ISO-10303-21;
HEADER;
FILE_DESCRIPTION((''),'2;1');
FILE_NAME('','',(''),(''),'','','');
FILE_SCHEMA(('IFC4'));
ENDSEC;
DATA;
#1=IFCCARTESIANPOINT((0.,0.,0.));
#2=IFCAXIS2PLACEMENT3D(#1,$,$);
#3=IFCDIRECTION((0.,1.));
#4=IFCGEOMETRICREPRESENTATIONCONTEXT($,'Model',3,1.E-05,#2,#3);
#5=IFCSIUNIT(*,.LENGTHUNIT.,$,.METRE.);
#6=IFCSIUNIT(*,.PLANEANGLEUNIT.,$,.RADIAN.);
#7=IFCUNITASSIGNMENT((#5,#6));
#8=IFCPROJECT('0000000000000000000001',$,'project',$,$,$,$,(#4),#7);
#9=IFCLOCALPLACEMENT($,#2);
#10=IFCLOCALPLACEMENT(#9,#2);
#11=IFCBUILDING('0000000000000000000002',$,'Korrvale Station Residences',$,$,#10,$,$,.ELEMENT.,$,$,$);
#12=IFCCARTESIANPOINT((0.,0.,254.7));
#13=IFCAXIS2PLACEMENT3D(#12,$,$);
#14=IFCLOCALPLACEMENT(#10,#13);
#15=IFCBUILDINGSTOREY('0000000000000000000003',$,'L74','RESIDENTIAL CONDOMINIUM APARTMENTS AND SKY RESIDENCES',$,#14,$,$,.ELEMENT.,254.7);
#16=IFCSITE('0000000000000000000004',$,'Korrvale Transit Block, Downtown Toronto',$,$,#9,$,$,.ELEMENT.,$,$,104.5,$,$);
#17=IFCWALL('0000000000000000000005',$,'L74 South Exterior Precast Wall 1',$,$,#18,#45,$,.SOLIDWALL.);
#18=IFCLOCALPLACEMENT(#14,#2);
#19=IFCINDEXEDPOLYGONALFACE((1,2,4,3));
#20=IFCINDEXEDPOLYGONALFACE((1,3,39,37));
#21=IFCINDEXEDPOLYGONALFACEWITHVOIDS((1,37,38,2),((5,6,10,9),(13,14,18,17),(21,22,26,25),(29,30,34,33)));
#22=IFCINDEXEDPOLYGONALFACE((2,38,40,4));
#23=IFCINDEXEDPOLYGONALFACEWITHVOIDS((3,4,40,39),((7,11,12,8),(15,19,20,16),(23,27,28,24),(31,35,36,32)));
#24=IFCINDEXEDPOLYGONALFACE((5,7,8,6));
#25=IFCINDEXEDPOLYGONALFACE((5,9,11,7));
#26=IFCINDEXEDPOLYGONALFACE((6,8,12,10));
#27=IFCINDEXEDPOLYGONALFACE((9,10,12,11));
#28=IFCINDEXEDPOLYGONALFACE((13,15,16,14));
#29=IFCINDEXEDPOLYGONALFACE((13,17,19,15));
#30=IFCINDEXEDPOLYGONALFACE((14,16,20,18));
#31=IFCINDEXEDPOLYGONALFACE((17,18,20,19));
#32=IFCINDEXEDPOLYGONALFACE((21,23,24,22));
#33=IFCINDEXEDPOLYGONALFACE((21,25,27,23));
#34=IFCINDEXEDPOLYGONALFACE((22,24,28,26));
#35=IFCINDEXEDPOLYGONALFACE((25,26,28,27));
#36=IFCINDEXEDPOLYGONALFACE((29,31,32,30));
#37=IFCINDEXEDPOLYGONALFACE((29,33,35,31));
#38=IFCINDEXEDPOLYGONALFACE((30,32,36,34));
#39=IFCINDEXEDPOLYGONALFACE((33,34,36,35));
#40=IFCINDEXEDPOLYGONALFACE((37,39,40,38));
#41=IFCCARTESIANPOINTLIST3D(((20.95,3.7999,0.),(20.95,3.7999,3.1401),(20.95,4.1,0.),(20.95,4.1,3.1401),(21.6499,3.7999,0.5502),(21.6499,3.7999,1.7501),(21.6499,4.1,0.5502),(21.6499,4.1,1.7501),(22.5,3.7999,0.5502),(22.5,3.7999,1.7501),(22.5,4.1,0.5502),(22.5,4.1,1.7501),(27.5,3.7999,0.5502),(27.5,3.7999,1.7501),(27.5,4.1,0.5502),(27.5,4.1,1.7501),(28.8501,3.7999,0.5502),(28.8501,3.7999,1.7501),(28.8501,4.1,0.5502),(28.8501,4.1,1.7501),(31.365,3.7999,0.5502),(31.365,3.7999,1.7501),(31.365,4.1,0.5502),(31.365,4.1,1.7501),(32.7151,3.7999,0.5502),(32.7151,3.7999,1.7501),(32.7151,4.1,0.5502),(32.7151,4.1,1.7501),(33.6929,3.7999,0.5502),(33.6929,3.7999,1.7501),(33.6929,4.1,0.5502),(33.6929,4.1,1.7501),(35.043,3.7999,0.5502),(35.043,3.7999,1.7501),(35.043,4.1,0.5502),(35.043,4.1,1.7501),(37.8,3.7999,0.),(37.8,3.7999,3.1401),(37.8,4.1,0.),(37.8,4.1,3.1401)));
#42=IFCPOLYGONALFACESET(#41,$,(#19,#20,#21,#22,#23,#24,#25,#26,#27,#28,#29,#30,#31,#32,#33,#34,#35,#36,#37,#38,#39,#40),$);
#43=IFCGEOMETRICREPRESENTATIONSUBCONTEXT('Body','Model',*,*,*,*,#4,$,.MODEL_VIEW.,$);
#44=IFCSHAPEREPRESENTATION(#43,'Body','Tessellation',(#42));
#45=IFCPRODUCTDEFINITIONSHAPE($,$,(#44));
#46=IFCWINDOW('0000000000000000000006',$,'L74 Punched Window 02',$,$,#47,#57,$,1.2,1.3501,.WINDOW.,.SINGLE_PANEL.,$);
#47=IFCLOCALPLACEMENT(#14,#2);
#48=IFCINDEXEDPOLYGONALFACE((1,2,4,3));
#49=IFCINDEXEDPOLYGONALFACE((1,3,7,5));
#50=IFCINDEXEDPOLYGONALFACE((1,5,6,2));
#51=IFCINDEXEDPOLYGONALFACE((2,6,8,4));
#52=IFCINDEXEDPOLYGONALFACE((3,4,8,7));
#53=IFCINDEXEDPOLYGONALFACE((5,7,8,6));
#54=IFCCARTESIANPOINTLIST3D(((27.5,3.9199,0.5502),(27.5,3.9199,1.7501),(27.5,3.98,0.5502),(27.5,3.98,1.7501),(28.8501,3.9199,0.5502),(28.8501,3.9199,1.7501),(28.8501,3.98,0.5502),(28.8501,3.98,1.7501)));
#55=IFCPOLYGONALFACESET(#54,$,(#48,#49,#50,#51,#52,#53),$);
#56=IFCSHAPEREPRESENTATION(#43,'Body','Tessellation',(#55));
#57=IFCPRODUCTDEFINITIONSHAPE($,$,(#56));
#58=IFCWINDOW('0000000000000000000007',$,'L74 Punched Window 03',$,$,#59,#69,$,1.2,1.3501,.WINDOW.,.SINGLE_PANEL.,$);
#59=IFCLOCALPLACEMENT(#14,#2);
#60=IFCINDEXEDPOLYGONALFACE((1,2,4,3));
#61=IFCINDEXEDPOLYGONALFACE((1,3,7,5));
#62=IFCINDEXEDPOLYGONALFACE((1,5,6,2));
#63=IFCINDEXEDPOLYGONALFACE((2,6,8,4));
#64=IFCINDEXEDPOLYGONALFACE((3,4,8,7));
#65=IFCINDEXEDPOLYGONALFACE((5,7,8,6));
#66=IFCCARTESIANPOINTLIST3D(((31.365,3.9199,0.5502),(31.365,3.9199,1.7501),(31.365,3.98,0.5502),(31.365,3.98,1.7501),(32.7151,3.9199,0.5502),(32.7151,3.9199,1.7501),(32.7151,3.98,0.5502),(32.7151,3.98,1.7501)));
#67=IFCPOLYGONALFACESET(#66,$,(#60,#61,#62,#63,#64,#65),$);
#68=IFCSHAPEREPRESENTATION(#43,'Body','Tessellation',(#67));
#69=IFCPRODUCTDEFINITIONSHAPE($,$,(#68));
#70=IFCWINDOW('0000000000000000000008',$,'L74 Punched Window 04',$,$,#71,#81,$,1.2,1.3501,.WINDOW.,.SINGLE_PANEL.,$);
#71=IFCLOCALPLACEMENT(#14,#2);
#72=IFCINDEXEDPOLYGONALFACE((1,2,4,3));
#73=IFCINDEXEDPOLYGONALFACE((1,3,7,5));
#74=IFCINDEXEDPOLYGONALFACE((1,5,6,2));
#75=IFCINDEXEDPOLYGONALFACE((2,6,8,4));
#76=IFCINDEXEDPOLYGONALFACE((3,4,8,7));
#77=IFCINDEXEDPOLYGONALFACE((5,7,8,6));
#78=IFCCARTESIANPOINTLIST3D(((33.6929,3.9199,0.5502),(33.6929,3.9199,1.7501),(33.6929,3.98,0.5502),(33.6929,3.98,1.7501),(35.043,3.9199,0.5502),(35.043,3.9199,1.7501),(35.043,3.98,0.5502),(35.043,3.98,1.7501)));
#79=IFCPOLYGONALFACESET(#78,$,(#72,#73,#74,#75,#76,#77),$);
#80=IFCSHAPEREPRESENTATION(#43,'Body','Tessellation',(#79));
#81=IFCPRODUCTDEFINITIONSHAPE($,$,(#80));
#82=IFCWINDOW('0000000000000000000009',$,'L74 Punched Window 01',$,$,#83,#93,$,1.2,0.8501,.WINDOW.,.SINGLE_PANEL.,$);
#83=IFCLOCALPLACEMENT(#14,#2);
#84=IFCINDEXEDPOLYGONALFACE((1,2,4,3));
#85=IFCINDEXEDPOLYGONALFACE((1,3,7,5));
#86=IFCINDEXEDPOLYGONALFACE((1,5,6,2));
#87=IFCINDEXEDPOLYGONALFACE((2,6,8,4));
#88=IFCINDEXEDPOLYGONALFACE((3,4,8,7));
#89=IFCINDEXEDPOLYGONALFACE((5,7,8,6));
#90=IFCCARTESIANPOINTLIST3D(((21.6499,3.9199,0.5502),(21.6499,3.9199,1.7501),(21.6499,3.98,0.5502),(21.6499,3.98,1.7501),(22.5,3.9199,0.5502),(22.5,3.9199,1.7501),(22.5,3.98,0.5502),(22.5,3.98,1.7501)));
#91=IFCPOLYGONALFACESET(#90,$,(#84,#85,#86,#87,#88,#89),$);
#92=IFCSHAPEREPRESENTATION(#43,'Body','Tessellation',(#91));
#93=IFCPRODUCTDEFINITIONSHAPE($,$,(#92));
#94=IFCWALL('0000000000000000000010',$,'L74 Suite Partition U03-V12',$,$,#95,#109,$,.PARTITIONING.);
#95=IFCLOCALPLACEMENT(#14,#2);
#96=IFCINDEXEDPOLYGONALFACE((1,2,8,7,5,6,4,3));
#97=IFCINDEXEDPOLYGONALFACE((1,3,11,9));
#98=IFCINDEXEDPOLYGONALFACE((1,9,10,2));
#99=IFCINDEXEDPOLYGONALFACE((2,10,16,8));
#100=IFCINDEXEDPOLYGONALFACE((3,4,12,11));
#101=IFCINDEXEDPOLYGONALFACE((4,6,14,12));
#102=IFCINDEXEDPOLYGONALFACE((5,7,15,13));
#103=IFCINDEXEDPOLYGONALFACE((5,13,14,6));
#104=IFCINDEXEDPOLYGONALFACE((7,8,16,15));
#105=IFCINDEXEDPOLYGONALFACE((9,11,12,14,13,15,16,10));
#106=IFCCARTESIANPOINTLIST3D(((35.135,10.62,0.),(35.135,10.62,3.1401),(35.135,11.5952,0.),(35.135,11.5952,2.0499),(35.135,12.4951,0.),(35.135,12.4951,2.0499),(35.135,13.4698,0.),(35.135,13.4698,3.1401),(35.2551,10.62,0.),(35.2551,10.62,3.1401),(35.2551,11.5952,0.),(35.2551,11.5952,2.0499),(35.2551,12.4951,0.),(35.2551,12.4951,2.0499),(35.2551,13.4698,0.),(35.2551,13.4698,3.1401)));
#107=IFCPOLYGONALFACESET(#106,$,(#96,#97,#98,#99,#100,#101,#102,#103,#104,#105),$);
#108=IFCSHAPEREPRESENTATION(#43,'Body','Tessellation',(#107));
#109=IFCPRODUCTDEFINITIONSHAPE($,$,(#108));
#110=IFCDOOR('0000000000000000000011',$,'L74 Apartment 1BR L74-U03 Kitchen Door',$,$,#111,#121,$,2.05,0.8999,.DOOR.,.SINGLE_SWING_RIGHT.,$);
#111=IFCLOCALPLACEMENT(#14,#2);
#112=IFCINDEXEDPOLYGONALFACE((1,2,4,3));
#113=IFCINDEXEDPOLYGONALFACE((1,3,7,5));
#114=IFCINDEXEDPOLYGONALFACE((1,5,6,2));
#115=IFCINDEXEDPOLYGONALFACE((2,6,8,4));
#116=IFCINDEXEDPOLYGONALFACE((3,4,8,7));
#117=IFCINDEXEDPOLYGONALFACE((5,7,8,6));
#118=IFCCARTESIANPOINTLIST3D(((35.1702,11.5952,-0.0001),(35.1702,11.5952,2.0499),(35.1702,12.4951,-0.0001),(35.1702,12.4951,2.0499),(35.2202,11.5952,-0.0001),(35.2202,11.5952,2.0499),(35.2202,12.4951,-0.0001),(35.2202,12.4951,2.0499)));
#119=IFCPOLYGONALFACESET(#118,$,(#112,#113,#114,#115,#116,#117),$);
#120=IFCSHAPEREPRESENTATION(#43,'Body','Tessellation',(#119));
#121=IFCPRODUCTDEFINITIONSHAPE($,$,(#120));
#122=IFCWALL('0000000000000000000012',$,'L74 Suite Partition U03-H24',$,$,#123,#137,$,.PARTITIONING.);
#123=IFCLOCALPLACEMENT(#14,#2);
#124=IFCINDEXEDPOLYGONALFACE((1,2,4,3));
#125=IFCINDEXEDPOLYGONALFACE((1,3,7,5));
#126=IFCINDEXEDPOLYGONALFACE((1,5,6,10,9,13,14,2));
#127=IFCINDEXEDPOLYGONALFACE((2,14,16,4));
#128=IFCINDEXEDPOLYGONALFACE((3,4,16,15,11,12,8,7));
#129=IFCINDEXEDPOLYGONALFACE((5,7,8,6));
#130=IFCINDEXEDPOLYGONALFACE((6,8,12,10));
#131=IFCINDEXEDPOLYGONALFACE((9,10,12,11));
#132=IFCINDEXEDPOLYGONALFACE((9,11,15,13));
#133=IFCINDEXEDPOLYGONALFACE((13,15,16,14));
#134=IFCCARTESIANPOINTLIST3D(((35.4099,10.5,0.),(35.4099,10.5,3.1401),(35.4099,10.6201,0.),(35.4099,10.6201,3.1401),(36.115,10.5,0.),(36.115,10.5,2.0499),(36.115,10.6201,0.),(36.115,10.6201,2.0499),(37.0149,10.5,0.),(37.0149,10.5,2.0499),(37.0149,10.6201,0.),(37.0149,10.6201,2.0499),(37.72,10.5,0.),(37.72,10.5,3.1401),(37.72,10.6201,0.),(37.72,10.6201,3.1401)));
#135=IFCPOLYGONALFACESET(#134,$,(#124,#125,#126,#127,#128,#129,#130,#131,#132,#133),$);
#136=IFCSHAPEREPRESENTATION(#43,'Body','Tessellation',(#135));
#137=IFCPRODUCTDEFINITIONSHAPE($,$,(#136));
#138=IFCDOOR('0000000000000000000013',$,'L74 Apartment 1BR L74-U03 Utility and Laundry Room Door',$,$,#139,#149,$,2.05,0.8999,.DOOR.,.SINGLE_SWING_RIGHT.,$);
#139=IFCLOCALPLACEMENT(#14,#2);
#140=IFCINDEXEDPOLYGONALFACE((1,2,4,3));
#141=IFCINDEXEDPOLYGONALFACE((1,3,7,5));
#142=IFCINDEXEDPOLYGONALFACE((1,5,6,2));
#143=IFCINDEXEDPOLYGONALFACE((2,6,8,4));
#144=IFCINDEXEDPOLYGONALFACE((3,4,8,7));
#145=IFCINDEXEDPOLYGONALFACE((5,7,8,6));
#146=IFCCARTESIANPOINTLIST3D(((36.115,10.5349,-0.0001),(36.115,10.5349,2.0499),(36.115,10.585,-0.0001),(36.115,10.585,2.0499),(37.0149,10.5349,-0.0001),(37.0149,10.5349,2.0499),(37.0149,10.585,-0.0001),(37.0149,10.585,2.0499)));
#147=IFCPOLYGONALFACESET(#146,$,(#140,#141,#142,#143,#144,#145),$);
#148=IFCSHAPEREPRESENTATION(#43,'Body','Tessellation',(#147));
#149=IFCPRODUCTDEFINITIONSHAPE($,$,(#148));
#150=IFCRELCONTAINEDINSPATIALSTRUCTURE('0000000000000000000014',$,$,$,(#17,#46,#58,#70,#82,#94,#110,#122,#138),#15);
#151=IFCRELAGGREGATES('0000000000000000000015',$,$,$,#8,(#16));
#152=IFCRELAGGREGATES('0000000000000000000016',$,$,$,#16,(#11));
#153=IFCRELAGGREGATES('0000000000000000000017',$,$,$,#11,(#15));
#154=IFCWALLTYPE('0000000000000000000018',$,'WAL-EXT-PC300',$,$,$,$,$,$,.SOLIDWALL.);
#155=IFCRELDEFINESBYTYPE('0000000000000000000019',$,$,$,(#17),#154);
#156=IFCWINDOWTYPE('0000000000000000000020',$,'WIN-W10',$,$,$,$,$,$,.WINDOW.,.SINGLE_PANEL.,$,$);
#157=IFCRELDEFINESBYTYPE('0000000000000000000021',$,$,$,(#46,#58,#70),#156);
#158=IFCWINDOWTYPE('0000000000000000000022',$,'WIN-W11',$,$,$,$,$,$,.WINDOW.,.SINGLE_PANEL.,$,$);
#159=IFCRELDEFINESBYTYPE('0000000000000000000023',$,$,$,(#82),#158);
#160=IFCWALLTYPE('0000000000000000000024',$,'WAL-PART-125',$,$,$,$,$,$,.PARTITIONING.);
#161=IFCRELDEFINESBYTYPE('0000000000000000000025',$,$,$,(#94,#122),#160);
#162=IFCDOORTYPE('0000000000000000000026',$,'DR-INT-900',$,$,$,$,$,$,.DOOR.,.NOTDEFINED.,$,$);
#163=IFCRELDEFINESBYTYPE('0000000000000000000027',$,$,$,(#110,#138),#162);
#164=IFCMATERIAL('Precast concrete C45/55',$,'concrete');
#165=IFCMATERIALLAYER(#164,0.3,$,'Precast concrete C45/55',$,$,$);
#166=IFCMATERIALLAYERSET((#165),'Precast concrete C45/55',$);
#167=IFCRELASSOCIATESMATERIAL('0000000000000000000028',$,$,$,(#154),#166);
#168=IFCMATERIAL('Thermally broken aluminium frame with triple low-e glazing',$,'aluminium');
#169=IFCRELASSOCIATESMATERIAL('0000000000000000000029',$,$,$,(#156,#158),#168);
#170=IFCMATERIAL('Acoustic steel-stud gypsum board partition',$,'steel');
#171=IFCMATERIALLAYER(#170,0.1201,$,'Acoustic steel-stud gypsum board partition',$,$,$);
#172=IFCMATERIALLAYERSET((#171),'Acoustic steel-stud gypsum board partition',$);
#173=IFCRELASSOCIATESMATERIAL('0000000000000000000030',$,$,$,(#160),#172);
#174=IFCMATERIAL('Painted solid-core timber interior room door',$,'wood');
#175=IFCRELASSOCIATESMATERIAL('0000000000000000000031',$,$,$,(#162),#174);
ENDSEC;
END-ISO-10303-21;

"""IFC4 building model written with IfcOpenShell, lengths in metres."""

from ifc_helpers import new_model, si_unit, direction, frame, frame_2d, origin, place, context, subcontext, project, spatial, rectangle, extrude, material, layer, layer_set, type_object, element, fill, save


model = new_model("IFC4")

# Units and contexts
model_context = context("Model", 3, precision=1e-05, world=origin(), true_north=direction((0.0, 1.0)))
body_context = subcontext(model_context, "Body", "Model", "MODEL_VIEW")
ifc_project = project(units=[si_unit("LENGTHUNIT", "METRE"), si_unit("PLANEANGLEUNIT", "RADIAN")], contexts=[model_context])

# Site, building, storey
site_placement = place(None, origin())
site = spatial("IfcSite", under=ifc_project, at=site_placement, Name="Korrvale Transit Block, Downtown Toronto", CompositionType="ELEMENT", RefElevation=104.5)
building_placement = place(site_placement, origin())
building = spatial("IfcBuilding", under=site, at=building_placement, Name="Korrvale Station Residences", CompositionType="ELEMENT")
storey_placement = place(building_placement, frame((0.0, 0.0, 254.7)))
storey = spatial("IfcBuildingStorey", under=building, at=storey_placement, Name="L74", Description="RESIDENTIAL CONDOMINIUM APARTMENTS AND SKY RESIDENCES", CompositionType="ELEMENT", Elevation=254.7)

# Shared definitions
ifc_material_1 = material(Name="Precast concrete C45/55", Category="concrete")

# Wall, openings, windows
ifc_layer_1 = layer(ifc_material_1, 0.3, Name="Precast concrete C45/55")
ifc_layer_set_1 = layer_set([ifc_layer_1], Name="Precast concrete C45/55")
wall_type_1 = type_object("IfcWallType", Name="WAL-EXT-PC300", PredefinedType="SOLIDWALL", material=ifc_layer_set_1)
wall_1_placement = place(storey_placement, frame((37.8, 3.95, 0.0), z_axis=(0.0, 0.0, 1.0), x_axis=(-1.0, 0.0, 0.0)))
wall_1 = element("IfcWall", 1, at=wall_1_placement, inside=storey, type_object=wall_type_1, Name="L74 South Exterior Precast Wall 1", PredefinedType="SOLIDWALL", context=body_context, shape_type="SweptSolid", body=[
    extrude(rectangle(XDim=16.8501, YDim=0.3, at=frame_2d((8.425, 0.0))), origin(), (0.0, 0.0, 1.0), 3.1401),
])
opening_1_placement = place(wall_1_placement, frame((15.3, 0.0, 0.55)))
opening_1 = element("IfcOpeningElement", 2, at=opening_1_placement, cuts=wall_1, PredefinedType="OPENING", context=body_context, shape_type="SweptSolid", body=[
    extrude(rectangle(XDim=0.8501, YDim=1.2, at=frame_2d((0.425, 0.6001))), frame((0.0, 0.1602, 0.0), z_axis=(0.0, -1.0, 0.0), x_axis=(1.0, 0.0, 0.0)), (0.0, 0.0, 1.0), 0.3201),
])
opening_2_placement = place(wall_1_placement, frame((8.95, 0.0, 0.55)))
opening_2 = element("IfcOpeningElement", 3, at=opening_2_placement, cuts=wall_1, PredefinedType="OPENING", context=body_context, shape_type="SweptSolid", body=[
    extrude(rectangle(XDim=1.3501, YDim=1.2, at=frame_2d((0.675, 0.6001))), frame((0.0, 0.1602, 0.0), z_axis=(0.0, -1.0, 0.0), x_axis=(1.0, 0.0, 0.0)), (0.0, 0.0, 1.0), 0.3201),
])
opening_3_placement = place(wall_1_placement, frame((5.085, 0.0, 0.55)))
opening_3 = element("IfcOpeningElement", 4, at=opening_3_placement, cuts=wall_1, PredefinedType="OPENING", context=body_context, shape_type="SweptSolid", body=[
    extrude(rectangle(XDim=1.3501, YDim=1.2, at=frame_2d((0.675, 0.6001))), frame((0.0, 0.1602, 0.0), z_axis=(0.0, -1.0, 0.0), x_axis=(1.0, 0.0, 0.0)), (0.0, 0.0, 1.0), 0.3201),
])
opening_4_placement = place(wall_1_placement, frame((2.7571, 0.0, 0.55)))
opening_4 = element("IfcOpeningElement", 5, at=opening_4_placement, cuts=wall_1, PredefinedType="OPENING", context=body_context, shape_type="SweptSolid", body=[
    extrude(rectangle(XDim=1.3501, YDim=1.2, at=frame_2d((0.675, 0.6001))), frame((0.0, 0.1602, 0.0), z_axis=(0.0, -1.0, 0.0), x_axis=(1.0, 0.0, 0.0)), (0.0, 0.0, 1.0), 0.3201),
])
ifc_material_2 = material(Name="Thermally broken aluminium frame with triple low-e glazing", Category="aluminium")
window_type_1 = type_object("IfcWindowType", Name="WIN-W10", PartitioningType="SINGLE_PANEL", PredefinedType="WINDOW", material=ifc_material_2)
window_1_placement = place(opening_2_placement, origin())
window_1 = element("IfcWindow", 6, at=window_1_placement, inside=storey, type_object=window_type_1, Name="L74 Punched Window 02", OverallHeight=1.2, OverallWidth=1.3501, PartitioningType="SINGLE_PANEL", PredefinedType="WINDOW", context=body_context, shape_type="SweptSolid", body=[
    extrude(rectangle(XDim=1.3501, YDim=1.2, at=frame_2d((0.675, 0.6001))), frame((0.0, 0.03, 0.0), z_axis=(0.0, -1.0, 0.0), x_axis=(1.0, 0.0, 0.0)), (0.0, 0.0, 1.0), 0.0601),
])
fill(opening_2, window_1)
window_2_placement = place(opening_3_placement, origin())
window_2 = element("IfcWindow", 7, at=window_2_placement, inside=storey, type_object=window_type_1, Name="L74 Punched Window 03", OverallHeight=1.2, OverallWidth=1.3501, PartitioningType="SINGLE_PANEL", PredefinedType="WINDOW", context=body_context, shape_type="SweptSolid", body=[
    extrude(rectangle(XDim=1.3501, YDim=1.2, at=frame_2d((0.675, 0.6001))), frame((0.0, 0.03, 0.0), z_axis=(0.0, -1.0, 0.0), x_axis=(1.0, 0.0, 0.0)), (0.0, 0.0, 1.0), 0.0601),
])
fill(opening_3, window_2)
window_3_placement = place(opening_4_placement, origin())
window_3 = element("IfcWindow", 8, at=window_3_placement, inside=storey, type_object=window_type_1, Name="L74 Punched Window 04", OverallHeight=1.2, OverallWidth=1.3501, PartitioningType="SINGLE_PANEL", PredefinedType="WINDOW", context=body_context, shape_type="SweptSolid", body=[
    extrude(rectangle(XDim=1.3501, YDim=1.2, at=frame_2d((0.675, 0.6001))), frame((0.0, 0.03, 0.0), z_axis=(0.0, -1.0, 0.0), x_axis=(1.0, 0.0, 0.0)), (0.0, 0.0, 1.0), 0.0601),
])
fill(opening_4, window_3)
window_type_2 = type_object("IfcWindowType", Name="WIN-W11", PartitioningType="SINGLE_PANEL", PredefinedType="WINDOW", material=ifc_material_2)
window_4_placement = place(opening_1_placement, origin())
window_4 = element("IfcWindow", 9, at=window_4_placement, inside=storey, type_object=window_type_2, Name="L74 Punched Window 01", OverallHeight=1.2, OverallWidth=0.8501, PartitioningType="SINGLE_PANEL", PredefinedType="WINDOW", context=body_context, shape_type="SweptSolid", body=[
    extrude(rectangle(XDim=0.8501, YDim=1.2, at=frame_2d((0.425, 0.6001))), frame((0.0, 0.03, 0.0), z_axis=(0.0, -1.0, 0.0), x_axis=(1.0, 0.0, 0.0)), (0.0, 0.0, 1.0), 0.0601),
])
fill(opening_1, window_4)

# Walls, openings, doors
ifc_material_3 = material(Name="Acoustic steel-stud gypsum board partition", Category="steel")
ifc_layer_2 = layer(ifc_material_3, 0.1201, Name="Acoustic steel-stud gypsum board partition")
ifc_layer_set_2 = layer_set([ifc_layer_2], Name="Acoustic steel-stud gypsum board partition")
wall_type_2 = type_object("IfcWallType", Name="WAL-PART-125", PredefinedType="PARTITIONING", material=ifc_layer_set_2)
wall_2_placement = place(storey_placement, frame((35.1951, 10.6201, 0.0), z_axis=(0.0, 0.0, 1.0), x_axis=(0.0, 1.0, 0.0)))
wall_2 = element("IfcWall", 10, at=wall_2_placement, inside=storey, type_object=wall_type_2, Name="L74 Suite Partition U03-V12", PredefinedType="PARTITIONING", context=body_context, shape_type="SweptSolid", body=[
    extrude(rectangle(XDim=2.8499, YDim=0.1201, at=frame_2d((1.4248, 0.0))), origin(), (0.0, 0.0, 1.0), 3.1401),
])
opening_5_placement = place(wall_2_placement, frame((0.9751, 0.0, 0.0)))
opening_5 = element("IfcOpeningElement", 11, at=opening_5_placement, cuts=wall_2, PredefinedType="OPENING", context=body_context, shape_type="SweptSolid", body=[
    extrude(rectangle(XDim=0.8999, YDim=2.05, at=frame_2d((0.45, 1.0249))), frame((0.0, 0.0701, 0.0), z_axis=(0.0, -1.0, 0.0), x_axis=(1.0, 0.0, 0.0)), (0.0, 0.0, 1.0), 0.1401),
])
ifc_material_4 = material(Name="Painted solid-core timber interior room door", Category="wood")
door_type = type_object("IfcDoorType", Name="DR-INT-900", OperationType="NOTDEFINED", PredefinedType="DOOR", material=ifc_material_4)
door_1_placement = place(opening_5_placement, origin())
door_1 = element("IfcDoor", 12, at=door_1_placement, inside=storey, type_object=door_type, Name="L74 Apartment 1BR L74-U03 Kitchen Door", OperationType="SINGLE_SWING_RIGHT", OverallHeight=2.05, OverallWidth=0.8999, PredefinedType="DOOR", context=body_context, shape_type="SweptSolid", body=[
    extrude(rectangle(XDim=0.8999, YDim=2.05, at=frame_2d((0.45, 1.0249))), frame((0.0, 0.0249, 0.0), z_axis=(0.0, -1.0, 0.0), x_axis=(1.0, 0.0, 0.0)), (0.0, 0.0, 1.0), 0.05),
])
fill(opening_5, door_1)
wall_3_placement = place(storey_placement, frame((35.4099, 10.5601, 0.0), z_axis=(0.0, 0.0, 1.0), x_axis=(1.0, 0.0, 0.0)))
wall_3 = element("IfcWall", 13, at=wall_3_placement, inside=storey, type_object=wall_type_2, Name="L74 Suite Partition U03-H24", PredefinedType="PARTITIONING", context=body_context, shape_type="SweptSolid", body=[
    extrude(rectangle(XDim=2.3101, YDim=0.1201, at=frame_2d((1.155, 0.0))), origin(), (0.0, 0.0, 1.0), 3.1401),
])
opening_6_placement = place(wall_3_placement, frame((0.7051, 0.0, 0.0)))
opening_6 = element("IfcOpeningElement", 14, at=opening_6_placement, cuts=wall_3, PredefinedType="OPENING", context=body_context, shape_type="SweptSolid", body=[
    extrude(rectangle(XDim=0.8999, YDim=2.05, at=frame_2d((0.45, 1.0249))), frame((0.0, 0.0701, 0.0), z_axis=(0.0, -1.0, 0.0), x_axis=(1.0, 0.0, 0.0)), (0.0, 0.0, 1.0), 0.1401),
])
door_2_placement = place(opening_6_placement, origin())
door_2 = element("IfcDoor", 15, at=door_2_placement, inside=storey, type_object=door_type, Name="L74 Apartment 1BR L74-U03 Utility and Laundry Room Door", OperationType="SINGLE_SWING_RIGHT", OverallHeight=2.05, OverallWidth=0.8999, PredefinedType="DOOR", context=body_context, shape_type="SweptSolid", body=[
    extrude(rectangle(XDim=0.8999, YDim=2.05, at=frame_2d((0.45, 1.0249))), frame((0.0, 0.0249, 0.0), z_axis=(0.0, -1.0, 0.0), x_axis=(1.0, 0.0, 0.0)), (0.0, 0.0, 1.0), 0.05),
])
fill(opening_6, door_2)

save(model, "model.ifc")
